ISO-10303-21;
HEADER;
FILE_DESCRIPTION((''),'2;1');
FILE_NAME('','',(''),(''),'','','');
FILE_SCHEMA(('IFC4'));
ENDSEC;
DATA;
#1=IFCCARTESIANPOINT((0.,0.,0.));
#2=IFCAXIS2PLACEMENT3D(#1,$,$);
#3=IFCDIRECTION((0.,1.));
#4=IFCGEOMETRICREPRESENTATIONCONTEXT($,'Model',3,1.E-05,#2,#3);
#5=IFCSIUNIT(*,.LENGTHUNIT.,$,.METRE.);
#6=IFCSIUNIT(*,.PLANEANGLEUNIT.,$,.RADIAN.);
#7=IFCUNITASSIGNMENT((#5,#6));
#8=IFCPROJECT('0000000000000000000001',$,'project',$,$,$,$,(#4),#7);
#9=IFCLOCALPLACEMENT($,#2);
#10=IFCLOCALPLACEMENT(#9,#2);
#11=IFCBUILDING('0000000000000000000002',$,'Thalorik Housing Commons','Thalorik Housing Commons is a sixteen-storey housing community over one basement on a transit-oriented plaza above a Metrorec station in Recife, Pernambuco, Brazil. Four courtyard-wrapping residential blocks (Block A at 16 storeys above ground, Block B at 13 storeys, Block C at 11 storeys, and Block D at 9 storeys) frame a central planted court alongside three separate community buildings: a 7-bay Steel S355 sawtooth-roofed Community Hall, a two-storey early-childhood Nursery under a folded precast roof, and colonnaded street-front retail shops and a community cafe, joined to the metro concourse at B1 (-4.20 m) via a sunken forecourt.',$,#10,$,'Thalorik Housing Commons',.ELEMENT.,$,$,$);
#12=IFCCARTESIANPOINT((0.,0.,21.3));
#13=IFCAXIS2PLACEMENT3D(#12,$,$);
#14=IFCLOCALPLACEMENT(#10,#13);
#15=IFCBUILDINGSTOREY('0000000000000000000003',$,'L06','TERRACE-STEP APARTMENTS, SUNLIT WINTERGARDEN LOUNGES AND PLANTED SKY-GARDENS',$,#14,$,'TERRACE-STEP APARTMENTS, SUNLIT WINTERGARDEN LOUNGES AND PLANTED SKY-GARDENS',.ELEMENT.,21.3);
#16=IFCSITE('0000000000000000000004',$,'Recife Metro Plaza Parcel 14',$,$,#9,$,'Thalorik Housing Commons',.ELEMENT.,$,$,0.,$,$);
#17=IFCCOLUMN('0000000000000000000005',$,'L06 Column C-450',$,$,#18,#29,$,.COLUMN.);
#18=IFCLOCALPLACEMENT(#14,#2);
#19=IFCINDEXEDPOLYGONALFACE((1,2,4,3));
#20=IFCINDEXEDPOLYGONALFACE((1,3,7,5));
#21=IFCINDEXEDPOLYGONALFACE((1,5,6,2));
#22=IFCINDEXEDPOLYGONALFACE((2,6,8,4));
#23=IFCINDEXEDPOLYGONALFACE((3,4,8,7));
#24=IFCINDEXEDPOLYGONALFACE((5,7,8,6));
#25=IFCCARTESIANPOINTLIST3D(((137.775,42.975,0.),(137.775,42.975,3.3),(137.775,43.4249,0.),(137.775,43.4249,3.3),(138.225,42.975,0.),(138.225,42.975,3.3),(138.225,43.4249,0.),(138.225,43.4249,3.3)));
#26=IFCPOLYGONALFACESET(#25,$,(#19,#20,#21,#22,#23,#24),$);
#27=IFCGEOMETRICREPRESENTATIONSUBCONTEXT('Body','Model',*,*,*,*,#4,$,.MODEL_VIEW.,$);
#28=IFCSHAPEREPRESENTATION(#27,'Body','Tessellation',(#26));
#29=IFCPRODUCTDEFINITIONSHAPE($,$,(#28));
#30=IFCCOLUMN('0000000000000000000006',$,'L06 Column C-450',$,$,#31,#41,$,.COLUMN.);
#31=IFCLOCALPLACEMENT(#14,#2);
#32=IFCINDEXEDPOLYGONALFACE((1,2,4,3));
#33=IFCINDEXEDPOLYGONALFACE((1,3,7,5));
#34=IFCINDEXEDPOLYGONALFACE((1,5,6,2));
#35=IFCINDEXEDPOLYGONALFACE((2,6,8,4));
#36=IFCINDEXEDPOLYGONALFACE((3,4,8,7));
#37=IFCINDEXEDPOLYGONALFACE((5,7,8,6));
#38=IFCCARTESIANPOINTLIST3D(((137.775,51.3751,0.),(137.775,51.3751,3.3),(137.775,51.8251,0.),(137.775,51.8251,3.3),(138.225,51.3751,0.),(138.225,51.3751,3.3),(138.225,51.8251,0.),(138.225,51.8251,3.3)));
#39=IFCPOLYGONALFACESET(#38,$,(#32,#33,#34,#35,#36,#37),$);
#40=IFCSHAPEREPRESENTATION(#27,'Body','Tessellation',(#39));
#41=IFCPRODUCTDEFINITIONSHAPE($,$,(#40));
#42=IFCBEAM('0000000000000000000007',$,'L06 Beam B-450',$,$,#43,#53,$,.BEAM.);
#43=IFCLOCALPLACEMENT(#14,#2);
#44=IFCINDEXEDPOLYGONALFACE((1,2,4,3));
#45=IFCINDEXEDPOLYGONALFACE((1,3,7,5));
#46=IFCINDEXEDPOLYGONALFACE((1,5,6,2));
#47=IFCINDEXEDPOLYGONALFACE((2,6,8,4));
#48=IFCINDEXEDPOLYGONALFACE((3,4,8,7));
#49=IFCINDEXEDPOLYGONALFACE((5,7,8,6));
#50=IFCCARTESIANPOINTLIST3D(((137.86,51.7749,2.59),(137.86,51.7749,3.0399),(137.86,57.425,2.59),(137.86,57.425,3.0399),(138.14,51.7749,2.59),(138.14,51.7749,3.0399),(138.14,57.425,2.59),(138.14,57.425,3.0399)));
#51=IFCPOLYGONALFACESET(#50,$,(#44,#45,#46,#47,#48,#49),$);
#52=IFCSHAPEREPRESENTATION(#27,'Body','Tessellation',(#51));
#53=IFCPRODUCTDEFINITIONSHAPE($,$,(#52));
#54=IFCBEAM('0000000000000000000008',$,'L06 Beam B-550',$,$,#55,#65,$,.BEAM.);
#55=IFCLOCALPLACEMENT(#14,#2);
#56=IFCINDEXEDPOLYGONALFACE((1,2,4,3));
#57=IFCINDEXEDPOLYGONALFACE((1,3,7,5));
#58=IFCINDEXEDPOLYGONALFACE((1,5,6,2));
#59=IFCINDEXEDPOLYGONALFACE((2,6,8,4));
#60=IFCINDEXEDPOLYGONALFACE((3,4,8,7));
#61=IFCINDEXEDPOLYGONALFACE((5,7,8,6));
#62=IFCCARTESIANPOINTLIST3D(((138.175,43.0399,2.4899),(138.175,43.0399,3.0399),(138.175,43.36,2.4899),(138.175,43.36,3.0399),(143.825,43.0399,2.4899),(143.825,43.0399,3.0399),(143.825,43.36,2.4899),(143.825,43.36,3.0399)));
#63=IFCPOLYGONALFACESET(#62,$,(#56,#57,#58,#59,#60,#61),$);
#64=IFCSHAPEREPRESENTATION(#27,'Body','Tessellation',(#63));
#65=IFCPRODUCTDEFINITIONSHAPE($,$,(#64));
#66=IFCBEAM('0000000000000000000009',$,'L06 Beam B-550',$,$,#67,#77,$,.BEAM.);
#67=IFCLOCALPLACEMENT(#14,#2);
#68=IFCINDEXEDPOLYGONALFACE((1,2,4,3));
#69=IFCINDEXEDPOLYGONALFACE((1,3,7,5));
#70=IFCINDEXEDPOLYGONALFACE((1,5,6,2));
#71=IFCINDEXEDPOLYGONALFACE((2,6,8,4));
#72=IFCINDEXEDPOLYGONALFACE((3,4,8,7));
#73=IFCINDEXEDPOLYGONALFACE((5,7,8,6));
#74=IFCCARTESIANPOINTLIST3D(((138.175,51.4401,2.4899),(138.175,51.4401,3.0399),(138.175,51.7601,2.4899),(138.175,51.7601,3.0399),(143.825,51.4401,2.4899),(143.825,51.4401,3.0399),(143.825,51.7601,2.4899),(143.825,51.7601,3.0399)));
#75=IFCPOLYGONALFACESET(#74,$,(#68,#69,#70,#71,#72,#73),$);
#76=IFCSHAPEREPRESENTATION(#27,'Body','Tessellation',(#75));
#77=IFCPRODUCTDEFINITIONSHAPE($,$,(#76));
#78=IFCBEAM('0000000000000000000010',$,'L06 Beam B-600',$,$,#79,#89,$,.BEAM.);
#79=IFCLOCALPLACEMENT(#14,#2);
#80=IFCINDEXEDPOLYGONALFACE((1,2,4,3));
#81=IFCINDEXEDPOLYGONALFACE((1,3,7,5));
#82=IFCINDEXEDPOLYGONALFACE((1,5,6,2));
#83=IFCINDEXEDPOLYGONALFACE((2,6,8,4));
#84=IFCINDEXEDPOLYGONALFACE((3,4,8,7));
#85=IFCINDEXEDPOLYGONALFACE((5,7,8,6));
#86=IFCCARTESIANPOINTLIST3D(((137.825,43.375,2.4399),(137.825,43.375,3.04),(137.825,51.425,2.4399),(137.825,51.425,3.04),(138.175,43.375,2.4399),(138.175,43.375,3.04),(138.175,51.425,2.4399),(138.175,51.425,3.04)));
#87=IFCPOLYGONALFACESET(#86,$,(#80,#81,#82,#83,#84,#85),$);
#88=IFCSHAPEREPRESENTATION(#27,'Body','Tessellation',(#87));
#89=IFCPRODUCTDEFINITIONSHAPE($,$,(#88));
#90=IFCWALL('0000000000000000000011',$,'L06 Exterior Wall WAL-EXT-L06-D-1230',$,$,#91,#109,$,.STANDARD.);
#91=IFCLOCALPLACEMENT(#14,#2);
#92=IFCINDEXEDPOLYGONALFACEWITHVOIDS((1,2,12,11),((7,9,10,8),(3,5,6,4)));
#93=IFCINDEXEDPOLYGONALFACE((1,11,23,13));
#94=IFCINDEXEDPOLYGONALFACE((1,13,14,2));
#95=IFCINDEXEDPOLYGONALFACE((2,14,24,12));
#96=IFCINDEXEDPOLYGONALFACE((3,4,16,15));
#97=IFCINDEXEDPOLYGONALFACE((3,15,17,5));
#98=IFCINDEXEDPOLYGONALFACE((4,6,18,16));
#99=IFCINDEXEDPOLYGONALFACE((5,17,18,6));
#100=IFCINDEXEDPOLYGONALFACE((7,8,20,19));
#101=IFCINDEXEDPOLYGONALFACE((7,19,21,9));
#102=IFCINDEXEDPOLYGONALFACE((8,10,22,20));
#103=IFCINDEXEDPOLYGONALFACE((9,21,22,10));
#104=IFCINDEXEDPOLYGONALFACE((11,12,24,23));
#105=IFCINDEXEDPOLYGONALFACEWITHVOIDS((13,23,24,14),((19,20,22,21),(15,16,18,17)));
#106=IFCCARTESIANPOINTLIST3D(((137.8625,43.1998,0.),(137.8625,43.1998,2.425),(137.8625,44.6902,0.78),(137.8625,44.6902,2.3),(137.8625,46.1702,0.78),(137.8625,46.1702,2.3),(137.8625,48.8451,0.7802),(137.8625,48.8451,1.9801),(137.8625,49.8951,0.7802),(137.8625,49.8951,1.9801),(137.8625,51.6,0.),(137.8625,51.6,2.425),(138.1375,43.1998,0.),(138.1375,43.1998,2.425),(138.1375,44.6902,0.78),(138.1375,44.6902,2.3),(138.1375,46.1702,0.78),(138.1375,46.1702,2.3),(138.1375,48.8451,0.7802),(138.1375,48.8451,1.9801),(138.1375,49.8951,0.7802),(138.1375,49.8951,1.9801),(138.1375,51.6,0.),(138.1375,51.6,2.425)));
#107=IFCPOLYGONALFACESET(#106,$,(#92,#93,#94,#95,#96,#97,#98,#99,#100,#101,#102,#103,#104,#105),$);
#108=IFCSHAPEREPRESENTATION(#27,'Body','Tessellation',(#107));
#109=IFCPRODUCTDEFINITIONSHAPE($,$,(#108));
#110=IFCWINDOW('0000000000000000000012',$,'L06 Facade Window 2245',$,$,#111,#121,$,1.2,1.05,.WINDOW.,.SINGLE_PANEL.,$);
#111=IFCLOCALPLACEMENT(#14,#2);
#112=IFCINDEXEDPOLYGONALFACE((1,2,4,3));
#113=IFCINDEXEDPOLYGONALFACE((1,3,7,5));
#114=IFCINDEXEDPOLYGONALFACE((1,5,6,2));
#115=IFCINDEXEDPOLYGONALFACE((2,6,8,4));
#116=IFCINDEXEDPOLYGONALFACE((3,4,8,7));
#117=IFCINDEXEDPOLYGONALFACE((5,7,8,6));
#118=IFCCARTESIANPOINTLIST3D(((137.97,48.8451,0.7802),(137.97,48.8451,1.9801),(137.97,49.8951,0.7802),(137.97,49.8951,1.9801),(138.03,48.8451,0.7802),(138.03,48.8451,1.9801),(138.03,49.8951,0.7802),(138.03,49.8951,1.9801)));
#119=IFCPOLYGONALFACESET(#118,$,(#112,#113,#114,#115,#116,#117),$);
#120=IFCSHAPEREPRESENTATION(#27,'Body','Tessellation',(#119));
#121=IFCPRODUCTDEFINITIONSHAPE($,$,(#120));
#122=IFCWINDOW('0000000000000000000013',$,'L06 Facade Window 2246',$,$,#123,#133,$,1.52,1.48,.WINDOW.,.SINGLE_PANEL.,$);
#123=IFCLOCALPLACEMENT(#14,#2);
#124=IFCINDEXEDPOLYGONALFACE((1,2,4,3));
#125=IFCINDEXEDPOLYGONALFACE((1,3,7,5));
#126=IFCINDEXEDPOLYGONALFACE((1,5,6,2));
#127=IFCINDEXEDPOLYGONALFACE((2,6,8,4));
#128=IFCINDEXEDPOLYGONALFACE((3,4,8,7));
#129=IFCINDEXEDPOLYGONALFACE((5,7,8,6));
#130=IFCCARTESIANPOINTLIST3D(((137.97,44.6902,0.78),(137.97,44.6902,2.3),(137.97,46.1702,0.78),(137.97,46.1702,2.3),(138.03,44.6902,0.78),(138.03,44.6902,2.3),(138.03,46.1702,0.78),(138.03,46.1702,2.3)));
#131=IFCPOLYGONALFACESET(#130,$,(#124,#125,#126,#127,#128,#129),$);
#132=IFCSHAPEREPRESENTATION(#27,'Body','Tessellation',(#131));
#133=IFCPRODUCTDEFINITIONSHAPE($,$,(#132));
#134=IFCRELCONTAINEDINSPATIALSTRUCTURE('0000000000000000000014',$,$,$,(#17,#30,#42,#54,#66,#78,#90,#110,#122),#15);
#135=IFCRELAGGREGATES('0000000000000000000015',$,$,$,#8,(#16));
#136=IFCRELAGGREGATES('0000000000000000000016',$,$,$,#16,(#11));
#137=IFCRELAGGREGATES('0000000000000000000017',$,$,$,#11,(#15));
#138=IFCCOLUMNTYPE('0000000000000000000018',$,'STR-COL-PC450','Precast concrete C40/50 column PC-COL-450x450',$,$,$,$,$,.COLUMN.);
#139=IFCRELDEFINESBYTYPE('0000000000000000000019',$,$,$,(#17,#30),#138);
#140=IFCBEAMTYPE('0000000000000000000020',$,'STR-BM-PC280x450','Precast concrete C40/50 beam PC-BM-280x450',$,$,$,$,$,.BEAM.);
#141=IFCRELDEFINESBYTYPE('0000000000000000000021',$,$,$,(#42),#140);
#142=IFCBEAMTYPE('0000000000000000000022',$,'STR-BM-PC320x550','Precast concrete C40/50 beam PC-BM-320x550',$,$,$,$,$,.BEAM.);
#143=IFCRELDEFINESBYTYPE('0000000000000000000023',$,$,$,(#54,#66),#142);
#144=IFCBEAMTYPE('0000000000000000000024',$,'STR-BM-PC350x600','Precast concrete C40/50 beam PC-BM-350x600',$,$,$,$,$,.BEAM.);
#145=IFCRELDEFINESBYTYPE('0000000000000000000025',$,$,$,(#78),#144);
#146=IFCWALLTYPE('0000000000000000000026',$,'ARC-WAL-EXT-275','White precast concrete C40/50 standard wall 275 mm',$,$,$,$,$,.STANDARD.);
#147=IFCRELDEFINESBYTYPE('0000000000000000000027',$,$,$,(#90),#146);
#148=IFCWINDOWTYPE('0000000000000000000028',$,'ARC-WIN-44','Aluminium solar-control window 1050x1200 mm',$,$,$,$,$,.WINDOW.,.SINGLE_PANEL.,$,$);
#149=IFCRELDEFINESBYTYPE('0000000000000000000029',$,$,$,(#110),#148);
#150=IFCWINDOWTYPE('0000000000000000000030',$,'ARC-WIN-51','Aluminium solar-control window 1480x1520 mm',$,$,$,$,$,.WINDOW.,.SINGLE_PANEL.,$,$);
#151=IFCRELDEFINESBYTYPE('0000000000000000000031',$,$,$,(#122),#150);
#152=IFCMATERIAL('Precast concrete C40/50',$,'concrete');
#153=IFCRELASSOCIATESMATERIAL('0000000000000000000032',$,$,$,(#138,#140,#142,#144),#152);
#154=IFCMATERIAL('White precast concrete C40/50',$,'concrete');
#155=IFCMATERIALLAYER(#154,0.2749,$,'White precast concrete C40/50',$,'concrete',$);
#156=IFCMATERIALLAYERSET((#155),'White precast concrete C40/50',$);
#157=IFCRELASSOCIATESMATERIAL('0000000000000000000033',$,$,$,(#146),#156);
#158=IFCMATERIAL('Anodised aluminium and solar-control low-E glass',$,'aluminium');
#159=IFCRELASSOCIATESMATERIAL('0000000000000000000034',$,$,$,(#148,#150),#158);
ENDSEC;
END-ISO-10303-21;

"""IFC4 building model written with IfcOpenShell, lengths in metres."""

from ifc_helpers import new_model, si_unit, direction, frame, frame_2d, origin, origin_2d, place, context, subcontext, project, spatial, rectangle, extrude, material, layer, layer_set, material_profile, profile_set, type_object, element, fill, save


model = new_model("IFC4")

# Units and contexts
model_context = context("Model", 3, precision=1e-05, world=origin(), true_north=direction((0.0, 1.0)))
body_context = subcontext(model_context, "Body", "Model", "MODEL_VIEW")
ifc_project = project(units=[si_unit("LENGTHUNIT", "METRE"), si_unit("PLANEANGLEUNIT", "RADIAN")], contexts=[model_context])

# Site, building, storey
site_placement = place(None, origin())
site = spatial("IfcSite", under=ifc_project, at=site_placement, Name="Recife Metro Plaza Parcel 14", LongName="Thalorik Housing Commons", CompositionType="ELEMENT", RefElevation=0.0)
building_placement = place(site_placement, origin())
building = spatial("IfcBuilding", under=site, at=building_placement, Name="Thalorik Housing Commons", Description="Thalorik Housing Commons is a sixteen-storey housing community over one basement on a transit-oriented plaza above a Metrorec station in Recife, Pernambuco, Brazil. Four courtyard-wrapping residential blocks (Block A at 16 storeys above ground, Block B at 13 storeys, Block C at 11 storeys, and Block D at 9 storeys) frame a central planted court alongside three separate community buildings: a 7-bay Steel S355 sawtooth-roofed Community Hall, a two-storey early-childhood Nursery under a folded precast roof, and colonnaded street-front retail shops and a community cafe, joined to the metro concourse at B1 (-4.20 m) via a sunken forecourt.", LongName="Thalorik Housing Commons", CompositionType="ELEMENT")
storey_placement = place(building_placement, frame((0.0, 0.0, 21.3)))
storey = spatial("IfcBuildingStorey", under=building, at=storey_placement, Name="L06", Description="TERRACE-STEP APARTMENTS, SUNLIT WINTERGARDEN LOUNGES AND PLANTED SKY-GARDENS", LongName="TERRACE-STEP APARTMENTS, SUNLIT WINTERGARDEN LOUNGES AND PLANTED SKY-GARDENS", CompositionType="ELEMENT", Elevation=21.3)

# Columns
ifc_material_1 = material(Name="Precast concrete C40/50", Category="concrete")
ifc_material_profile_1 = material_profile(ifc_material_1, rectangle(XDim=0.45, YDim=0.45, at=origin_2d()), Name="PC 450x450", Category="concrete")
ifc_profile_set_1 = profile_set([ifc_material_profile_1], Name="Precast concrete C40/50")
column_type = type_object("IfcColumnType", Name="STR-COL-PC450", Description="Precast concrete C40/50 column PC-COL-450x450", PredefinedType="COLUMN", material=ifc_profile_set_1)
for number, where, z_axis, x_axis, name in (
    (1, (138.0, 43.2, 0.0), (0.0, 0.0, 1.0), (1.0, 0.0, 0.0), "L06 Column C-450"),
    (2, (138.0, 51.6001, 0.0), (0.0, 0.0, 1.0), (1.0, 0.0, 0.0), "L06 Column C-450"),
):
    element("IfcColumn", number, at=place(storey_placement, frame(where, z_axis=z_axis, x_axis=x_axis)), inside=storey, type_object=column_type, Name=name, PredefinedType="COLUMN", context=body_context, shape_type="SweptSolid", body=[
        extrude(rectangle(XDim=0.45, YDim=0.45, at=origin_2d()), origin(), (0.0, 0.0, 1.0), 3.3),
    ])

# Beams
ifc_material_profile_2 = material_profile(ifc_material_1, rectangle(XDim=0.28, YDim=0.45, at=origin_2d()), Name="PC 280x450", Category="concrete")
ifc_profile_set_2 = profile_set([ifc_material_profile_2], Name="Precast concrete C40/50")
beam_type_1 = type_object("IfcBeamType", Name="STR-BM-PC280x450", Description="Precast concrete C40/50 beam PC-BM-280x450", PredefinedType="BEAM", material=ifc_profile_set_2)
beam_1_placement = place(storey_placement, frame((138.0, 51.7749, 2.8149), z_axis=(0.0, 1.0, 0.0), x_axis=(-1.0, 0.0, 0.0)))
element("IfcBeam", 3, at=beam_1_placement, inside=storey, type_object=beam_type_1, Name="L06 Beam B-450", PredefinedType="BEAM", context=body_context, shape_type="SweptSolid", body=[
    extrude(rectangle(XDim=0.28, YDim=0.45, at=origin_2d()), origin(), (0.0, 0.0, 1.0), 5.6501),
])
ifc_material_profile_3 = material_profile(ifc_material_1, rectangle(XDim=0.3201, YDim=0.55, at=origin_2d()), Name="PC 320x550", Category="concrete")
ifc_profile_set_3 = profile_set([ifc_material_profile_3], Name="Precast concrete C40/50")
beam_type_2 = type_object("IfcBeamType", Name="STR-BM-PC320x550", Description="Precast concrete C40/50 beam PC-BM-320x550", PredefinedType="BEAM", material=ifc_profile_set_3)
for number, where, z_axis, x_axis, name in (
    (4, (138.175, 43.2, 2.7649), (1.0, 0.0, 0.0), (0.0, 1.0, 0.0), "L06 Beam B-550"),
    (5, (138.175, 51.6001, 2.7649), (1.0, 0.0, 0.0), (0.0, 1.0, 0.0), "L06 Beam B-550"),
):
    element("IfcBeam", number, at=place(storey_placement, frame(where, z_axis=z_axis, x_axis=x_axis)), inside=storey, type_object=beam_type_2, Name=name, PredefinedType="BEAM", context=body_context, shape_type="SweptSolid", body=[
        extrude(rectangle(XDim=0.3201, YDim=0.55, at=origin_2d()), origin(), (0.0, 0.0, 1.0), 5.6499),
    ])
ifc_material_profile_4 = material_profile(ifc_material_1, rectangle(XDim=0.3501, YDim=0.6001, at=origin_2d()), Name="PC 350x600", Category="concrete")
ifc_profile_set_4 = profile_set([ifc_material_profile_4], Name="Precast concrete C40/50")
beam_type_3 = type_object("IfcBeamType", Name="STR-BM-PC350x600", Description="Precast concrete C40/50 beam PC-BM-350x600", PredefinedType="BEAM", material=ifc_profile_set_4)
beam_2_placement = place(storey_placement, frame((138.0, 43.375, 2.74), z_axis=(0.0, 1.0, 0.0), x_axis=(-1.0, 0.0, 0.0)))
element("IfcBeam", 6, at=beam_2_placement, inside=storey, type_object=beam_type_3, Name="L06 Beam B-600", PredefinedType="BEAM", context=body_context, shape_type="SweptSolid", body=[
    extrude(rectangle(XDim=0.3501, YDim=0.6001, at=origin_2d()), origin(), (0.0, 0.0, 1.0), 8.05),
])

# Wall, openings, windows
ifc_material_2 = material(Name="White precast concrete C40/50", Category="concrete")
ifc_layer_1 = layer(ifc_material_2, 0.2749, Name="White precast concrete C40/50", Category="concrete")
ifc_layer_set_1 = layer_set([ifc_layer_1], Name="White precast concrete C40/50")
wall_type = type_object("IfcWallType", Name="ARC-WAL-EXT-275", Description="White precast concrete C40/50 standard wall 275 mm", PredefinedType="STANDARD", material=ifc_layer_set_1)
wall_1_placement = place(storey_placement, frame((138.0, 51.6001, 0.0), z_axis=(0.0, 0.0, 1.0), x_axis=(0.0, -1.0, 0.0)))
wall_1 = element("IfcWall", 7, at=wall_1_placement, inside=storey, type_object=wall_type, Name="L06 Exterior Wall WAL-EXT-L06-D-1230", PredefinedType="STANDARD", context=body_context, shape_type="SweptSolid", body=[
    extrude(rectangle(XDim=8.4001, YDim=0.2749, at=frame_2d((4.2002, 0.0))), origin(), (0.0, 0.0, 1.0), 2.425),
])
opening_1_placement = place(wall_1_placement, frame((1.7051, 0.0, 0.78)))
opening_1 = element("IfcOpeningElement", 8, at=opening_1_placement, cuts=wall_1, PredefinedType="OPENING", context=body_context, shape_type="SweptSolid", body=[
    extrude(rectangle(XDim=1.05, YDim=1.2, at=frame_2d((0.5249, 0.6001))), frame((0.0, 0.1475, 0.0), z_axis=(0.0, -1.0, 0.0), x_axis=(1.0, 0.0, 0.0)), (0.0, 0.0, 1.0), 0.2949),
])
opening_2_placement = place(wall_1_placement, frame((5.4299, 0.0, 0.78)))
opening_2 = element("IfcOpeningElement", 9, at=opening_2_placement, cuts=wall_1, PredefinedType="OPENING", context=body_context, shape_type="SweptSolid", body=[
    extrude(rectangle(XDim=1.48, YDim=1.52, at=frame_2d((0.74, 0.76))), frame((0.0, 0.1475, 0.0), z_axis=(0.0, -1.0, 0.0), x_axis=(1.0, 0.0, 0.0)), (0.0, 0.0, 1.0), 0.2949),
])
ifc_material_3 = material(Name="Anodised aluminium and solar-control low-E glass", Category="aluminium")
window_type_1 = type_object("IfcWindowType", Name="ARC-WIN-44", Description="Aluminium solar-control window 1050x1200 mm", PartitioningType="SINGLE_PANEL", PredefinedType="WINDOW", material=ifc_material_3)
window_1_placement = place(opening_1_placement, origin())
window_1 = element("IfcWindow", 10, at=window_1_placement, inside=storey, type_object=window_type_1, Name="L06 Facade Window 2245", OverallHeight=1.2, OverallWidth=1.05, PartitioningType="SINGLE_PANEL", PredefinedType="WINDOW", context=body_context, shape_type="SweptSolid", body=[
    extrude(rectangle(XDim=1.05, YDim=1.2, at=frame_2d((0.5249, 0.6001))), frame((0.0, 0.03, 0.0), z_axis=(0.0, -1.0, 0.0), x_axis=(1.0, 0.0, 0.0)), (0.0, 0.0, 1.0), 0.0601),
])
fill(opening_1, window_1)
window_type_2 = type_object("IfcWindowType", Name="ARC-WIN-51", Description="Aluminium solar-control window 1480x1520 mm", PartitioningType="SINGLE_PANEL", PredefinedType="WINDOW", material=ifc_material_3)
window_2_placement = place(opening_2_placement, origin())
window_2 = element("IfcWindow", 11, at=window_2_placement, inside=storey, type_object=window_type_2, Name="L06 Facade Window 2246", OverallHeight=1.52, OverallWidth=1.48, PartitioningType="SINGLE_PANEL", PredefinedType="WINDOW", context=body_context, shape_type="SweptSolid", body=[
    extrude(rectangle(XDim=1.48, YDim=1.52, at=frame_2d((0.74, 0.76))), frame((0.0, 0.03, 0.0), z_axis=(0.0, -1.0, 0.0), x_axis=(1.0, 0.0, 0.0)), (0.0, 0.0, 1.0), 0.0601),
])
fill(opening_2, window_2)

save(model, "model.ifc")
